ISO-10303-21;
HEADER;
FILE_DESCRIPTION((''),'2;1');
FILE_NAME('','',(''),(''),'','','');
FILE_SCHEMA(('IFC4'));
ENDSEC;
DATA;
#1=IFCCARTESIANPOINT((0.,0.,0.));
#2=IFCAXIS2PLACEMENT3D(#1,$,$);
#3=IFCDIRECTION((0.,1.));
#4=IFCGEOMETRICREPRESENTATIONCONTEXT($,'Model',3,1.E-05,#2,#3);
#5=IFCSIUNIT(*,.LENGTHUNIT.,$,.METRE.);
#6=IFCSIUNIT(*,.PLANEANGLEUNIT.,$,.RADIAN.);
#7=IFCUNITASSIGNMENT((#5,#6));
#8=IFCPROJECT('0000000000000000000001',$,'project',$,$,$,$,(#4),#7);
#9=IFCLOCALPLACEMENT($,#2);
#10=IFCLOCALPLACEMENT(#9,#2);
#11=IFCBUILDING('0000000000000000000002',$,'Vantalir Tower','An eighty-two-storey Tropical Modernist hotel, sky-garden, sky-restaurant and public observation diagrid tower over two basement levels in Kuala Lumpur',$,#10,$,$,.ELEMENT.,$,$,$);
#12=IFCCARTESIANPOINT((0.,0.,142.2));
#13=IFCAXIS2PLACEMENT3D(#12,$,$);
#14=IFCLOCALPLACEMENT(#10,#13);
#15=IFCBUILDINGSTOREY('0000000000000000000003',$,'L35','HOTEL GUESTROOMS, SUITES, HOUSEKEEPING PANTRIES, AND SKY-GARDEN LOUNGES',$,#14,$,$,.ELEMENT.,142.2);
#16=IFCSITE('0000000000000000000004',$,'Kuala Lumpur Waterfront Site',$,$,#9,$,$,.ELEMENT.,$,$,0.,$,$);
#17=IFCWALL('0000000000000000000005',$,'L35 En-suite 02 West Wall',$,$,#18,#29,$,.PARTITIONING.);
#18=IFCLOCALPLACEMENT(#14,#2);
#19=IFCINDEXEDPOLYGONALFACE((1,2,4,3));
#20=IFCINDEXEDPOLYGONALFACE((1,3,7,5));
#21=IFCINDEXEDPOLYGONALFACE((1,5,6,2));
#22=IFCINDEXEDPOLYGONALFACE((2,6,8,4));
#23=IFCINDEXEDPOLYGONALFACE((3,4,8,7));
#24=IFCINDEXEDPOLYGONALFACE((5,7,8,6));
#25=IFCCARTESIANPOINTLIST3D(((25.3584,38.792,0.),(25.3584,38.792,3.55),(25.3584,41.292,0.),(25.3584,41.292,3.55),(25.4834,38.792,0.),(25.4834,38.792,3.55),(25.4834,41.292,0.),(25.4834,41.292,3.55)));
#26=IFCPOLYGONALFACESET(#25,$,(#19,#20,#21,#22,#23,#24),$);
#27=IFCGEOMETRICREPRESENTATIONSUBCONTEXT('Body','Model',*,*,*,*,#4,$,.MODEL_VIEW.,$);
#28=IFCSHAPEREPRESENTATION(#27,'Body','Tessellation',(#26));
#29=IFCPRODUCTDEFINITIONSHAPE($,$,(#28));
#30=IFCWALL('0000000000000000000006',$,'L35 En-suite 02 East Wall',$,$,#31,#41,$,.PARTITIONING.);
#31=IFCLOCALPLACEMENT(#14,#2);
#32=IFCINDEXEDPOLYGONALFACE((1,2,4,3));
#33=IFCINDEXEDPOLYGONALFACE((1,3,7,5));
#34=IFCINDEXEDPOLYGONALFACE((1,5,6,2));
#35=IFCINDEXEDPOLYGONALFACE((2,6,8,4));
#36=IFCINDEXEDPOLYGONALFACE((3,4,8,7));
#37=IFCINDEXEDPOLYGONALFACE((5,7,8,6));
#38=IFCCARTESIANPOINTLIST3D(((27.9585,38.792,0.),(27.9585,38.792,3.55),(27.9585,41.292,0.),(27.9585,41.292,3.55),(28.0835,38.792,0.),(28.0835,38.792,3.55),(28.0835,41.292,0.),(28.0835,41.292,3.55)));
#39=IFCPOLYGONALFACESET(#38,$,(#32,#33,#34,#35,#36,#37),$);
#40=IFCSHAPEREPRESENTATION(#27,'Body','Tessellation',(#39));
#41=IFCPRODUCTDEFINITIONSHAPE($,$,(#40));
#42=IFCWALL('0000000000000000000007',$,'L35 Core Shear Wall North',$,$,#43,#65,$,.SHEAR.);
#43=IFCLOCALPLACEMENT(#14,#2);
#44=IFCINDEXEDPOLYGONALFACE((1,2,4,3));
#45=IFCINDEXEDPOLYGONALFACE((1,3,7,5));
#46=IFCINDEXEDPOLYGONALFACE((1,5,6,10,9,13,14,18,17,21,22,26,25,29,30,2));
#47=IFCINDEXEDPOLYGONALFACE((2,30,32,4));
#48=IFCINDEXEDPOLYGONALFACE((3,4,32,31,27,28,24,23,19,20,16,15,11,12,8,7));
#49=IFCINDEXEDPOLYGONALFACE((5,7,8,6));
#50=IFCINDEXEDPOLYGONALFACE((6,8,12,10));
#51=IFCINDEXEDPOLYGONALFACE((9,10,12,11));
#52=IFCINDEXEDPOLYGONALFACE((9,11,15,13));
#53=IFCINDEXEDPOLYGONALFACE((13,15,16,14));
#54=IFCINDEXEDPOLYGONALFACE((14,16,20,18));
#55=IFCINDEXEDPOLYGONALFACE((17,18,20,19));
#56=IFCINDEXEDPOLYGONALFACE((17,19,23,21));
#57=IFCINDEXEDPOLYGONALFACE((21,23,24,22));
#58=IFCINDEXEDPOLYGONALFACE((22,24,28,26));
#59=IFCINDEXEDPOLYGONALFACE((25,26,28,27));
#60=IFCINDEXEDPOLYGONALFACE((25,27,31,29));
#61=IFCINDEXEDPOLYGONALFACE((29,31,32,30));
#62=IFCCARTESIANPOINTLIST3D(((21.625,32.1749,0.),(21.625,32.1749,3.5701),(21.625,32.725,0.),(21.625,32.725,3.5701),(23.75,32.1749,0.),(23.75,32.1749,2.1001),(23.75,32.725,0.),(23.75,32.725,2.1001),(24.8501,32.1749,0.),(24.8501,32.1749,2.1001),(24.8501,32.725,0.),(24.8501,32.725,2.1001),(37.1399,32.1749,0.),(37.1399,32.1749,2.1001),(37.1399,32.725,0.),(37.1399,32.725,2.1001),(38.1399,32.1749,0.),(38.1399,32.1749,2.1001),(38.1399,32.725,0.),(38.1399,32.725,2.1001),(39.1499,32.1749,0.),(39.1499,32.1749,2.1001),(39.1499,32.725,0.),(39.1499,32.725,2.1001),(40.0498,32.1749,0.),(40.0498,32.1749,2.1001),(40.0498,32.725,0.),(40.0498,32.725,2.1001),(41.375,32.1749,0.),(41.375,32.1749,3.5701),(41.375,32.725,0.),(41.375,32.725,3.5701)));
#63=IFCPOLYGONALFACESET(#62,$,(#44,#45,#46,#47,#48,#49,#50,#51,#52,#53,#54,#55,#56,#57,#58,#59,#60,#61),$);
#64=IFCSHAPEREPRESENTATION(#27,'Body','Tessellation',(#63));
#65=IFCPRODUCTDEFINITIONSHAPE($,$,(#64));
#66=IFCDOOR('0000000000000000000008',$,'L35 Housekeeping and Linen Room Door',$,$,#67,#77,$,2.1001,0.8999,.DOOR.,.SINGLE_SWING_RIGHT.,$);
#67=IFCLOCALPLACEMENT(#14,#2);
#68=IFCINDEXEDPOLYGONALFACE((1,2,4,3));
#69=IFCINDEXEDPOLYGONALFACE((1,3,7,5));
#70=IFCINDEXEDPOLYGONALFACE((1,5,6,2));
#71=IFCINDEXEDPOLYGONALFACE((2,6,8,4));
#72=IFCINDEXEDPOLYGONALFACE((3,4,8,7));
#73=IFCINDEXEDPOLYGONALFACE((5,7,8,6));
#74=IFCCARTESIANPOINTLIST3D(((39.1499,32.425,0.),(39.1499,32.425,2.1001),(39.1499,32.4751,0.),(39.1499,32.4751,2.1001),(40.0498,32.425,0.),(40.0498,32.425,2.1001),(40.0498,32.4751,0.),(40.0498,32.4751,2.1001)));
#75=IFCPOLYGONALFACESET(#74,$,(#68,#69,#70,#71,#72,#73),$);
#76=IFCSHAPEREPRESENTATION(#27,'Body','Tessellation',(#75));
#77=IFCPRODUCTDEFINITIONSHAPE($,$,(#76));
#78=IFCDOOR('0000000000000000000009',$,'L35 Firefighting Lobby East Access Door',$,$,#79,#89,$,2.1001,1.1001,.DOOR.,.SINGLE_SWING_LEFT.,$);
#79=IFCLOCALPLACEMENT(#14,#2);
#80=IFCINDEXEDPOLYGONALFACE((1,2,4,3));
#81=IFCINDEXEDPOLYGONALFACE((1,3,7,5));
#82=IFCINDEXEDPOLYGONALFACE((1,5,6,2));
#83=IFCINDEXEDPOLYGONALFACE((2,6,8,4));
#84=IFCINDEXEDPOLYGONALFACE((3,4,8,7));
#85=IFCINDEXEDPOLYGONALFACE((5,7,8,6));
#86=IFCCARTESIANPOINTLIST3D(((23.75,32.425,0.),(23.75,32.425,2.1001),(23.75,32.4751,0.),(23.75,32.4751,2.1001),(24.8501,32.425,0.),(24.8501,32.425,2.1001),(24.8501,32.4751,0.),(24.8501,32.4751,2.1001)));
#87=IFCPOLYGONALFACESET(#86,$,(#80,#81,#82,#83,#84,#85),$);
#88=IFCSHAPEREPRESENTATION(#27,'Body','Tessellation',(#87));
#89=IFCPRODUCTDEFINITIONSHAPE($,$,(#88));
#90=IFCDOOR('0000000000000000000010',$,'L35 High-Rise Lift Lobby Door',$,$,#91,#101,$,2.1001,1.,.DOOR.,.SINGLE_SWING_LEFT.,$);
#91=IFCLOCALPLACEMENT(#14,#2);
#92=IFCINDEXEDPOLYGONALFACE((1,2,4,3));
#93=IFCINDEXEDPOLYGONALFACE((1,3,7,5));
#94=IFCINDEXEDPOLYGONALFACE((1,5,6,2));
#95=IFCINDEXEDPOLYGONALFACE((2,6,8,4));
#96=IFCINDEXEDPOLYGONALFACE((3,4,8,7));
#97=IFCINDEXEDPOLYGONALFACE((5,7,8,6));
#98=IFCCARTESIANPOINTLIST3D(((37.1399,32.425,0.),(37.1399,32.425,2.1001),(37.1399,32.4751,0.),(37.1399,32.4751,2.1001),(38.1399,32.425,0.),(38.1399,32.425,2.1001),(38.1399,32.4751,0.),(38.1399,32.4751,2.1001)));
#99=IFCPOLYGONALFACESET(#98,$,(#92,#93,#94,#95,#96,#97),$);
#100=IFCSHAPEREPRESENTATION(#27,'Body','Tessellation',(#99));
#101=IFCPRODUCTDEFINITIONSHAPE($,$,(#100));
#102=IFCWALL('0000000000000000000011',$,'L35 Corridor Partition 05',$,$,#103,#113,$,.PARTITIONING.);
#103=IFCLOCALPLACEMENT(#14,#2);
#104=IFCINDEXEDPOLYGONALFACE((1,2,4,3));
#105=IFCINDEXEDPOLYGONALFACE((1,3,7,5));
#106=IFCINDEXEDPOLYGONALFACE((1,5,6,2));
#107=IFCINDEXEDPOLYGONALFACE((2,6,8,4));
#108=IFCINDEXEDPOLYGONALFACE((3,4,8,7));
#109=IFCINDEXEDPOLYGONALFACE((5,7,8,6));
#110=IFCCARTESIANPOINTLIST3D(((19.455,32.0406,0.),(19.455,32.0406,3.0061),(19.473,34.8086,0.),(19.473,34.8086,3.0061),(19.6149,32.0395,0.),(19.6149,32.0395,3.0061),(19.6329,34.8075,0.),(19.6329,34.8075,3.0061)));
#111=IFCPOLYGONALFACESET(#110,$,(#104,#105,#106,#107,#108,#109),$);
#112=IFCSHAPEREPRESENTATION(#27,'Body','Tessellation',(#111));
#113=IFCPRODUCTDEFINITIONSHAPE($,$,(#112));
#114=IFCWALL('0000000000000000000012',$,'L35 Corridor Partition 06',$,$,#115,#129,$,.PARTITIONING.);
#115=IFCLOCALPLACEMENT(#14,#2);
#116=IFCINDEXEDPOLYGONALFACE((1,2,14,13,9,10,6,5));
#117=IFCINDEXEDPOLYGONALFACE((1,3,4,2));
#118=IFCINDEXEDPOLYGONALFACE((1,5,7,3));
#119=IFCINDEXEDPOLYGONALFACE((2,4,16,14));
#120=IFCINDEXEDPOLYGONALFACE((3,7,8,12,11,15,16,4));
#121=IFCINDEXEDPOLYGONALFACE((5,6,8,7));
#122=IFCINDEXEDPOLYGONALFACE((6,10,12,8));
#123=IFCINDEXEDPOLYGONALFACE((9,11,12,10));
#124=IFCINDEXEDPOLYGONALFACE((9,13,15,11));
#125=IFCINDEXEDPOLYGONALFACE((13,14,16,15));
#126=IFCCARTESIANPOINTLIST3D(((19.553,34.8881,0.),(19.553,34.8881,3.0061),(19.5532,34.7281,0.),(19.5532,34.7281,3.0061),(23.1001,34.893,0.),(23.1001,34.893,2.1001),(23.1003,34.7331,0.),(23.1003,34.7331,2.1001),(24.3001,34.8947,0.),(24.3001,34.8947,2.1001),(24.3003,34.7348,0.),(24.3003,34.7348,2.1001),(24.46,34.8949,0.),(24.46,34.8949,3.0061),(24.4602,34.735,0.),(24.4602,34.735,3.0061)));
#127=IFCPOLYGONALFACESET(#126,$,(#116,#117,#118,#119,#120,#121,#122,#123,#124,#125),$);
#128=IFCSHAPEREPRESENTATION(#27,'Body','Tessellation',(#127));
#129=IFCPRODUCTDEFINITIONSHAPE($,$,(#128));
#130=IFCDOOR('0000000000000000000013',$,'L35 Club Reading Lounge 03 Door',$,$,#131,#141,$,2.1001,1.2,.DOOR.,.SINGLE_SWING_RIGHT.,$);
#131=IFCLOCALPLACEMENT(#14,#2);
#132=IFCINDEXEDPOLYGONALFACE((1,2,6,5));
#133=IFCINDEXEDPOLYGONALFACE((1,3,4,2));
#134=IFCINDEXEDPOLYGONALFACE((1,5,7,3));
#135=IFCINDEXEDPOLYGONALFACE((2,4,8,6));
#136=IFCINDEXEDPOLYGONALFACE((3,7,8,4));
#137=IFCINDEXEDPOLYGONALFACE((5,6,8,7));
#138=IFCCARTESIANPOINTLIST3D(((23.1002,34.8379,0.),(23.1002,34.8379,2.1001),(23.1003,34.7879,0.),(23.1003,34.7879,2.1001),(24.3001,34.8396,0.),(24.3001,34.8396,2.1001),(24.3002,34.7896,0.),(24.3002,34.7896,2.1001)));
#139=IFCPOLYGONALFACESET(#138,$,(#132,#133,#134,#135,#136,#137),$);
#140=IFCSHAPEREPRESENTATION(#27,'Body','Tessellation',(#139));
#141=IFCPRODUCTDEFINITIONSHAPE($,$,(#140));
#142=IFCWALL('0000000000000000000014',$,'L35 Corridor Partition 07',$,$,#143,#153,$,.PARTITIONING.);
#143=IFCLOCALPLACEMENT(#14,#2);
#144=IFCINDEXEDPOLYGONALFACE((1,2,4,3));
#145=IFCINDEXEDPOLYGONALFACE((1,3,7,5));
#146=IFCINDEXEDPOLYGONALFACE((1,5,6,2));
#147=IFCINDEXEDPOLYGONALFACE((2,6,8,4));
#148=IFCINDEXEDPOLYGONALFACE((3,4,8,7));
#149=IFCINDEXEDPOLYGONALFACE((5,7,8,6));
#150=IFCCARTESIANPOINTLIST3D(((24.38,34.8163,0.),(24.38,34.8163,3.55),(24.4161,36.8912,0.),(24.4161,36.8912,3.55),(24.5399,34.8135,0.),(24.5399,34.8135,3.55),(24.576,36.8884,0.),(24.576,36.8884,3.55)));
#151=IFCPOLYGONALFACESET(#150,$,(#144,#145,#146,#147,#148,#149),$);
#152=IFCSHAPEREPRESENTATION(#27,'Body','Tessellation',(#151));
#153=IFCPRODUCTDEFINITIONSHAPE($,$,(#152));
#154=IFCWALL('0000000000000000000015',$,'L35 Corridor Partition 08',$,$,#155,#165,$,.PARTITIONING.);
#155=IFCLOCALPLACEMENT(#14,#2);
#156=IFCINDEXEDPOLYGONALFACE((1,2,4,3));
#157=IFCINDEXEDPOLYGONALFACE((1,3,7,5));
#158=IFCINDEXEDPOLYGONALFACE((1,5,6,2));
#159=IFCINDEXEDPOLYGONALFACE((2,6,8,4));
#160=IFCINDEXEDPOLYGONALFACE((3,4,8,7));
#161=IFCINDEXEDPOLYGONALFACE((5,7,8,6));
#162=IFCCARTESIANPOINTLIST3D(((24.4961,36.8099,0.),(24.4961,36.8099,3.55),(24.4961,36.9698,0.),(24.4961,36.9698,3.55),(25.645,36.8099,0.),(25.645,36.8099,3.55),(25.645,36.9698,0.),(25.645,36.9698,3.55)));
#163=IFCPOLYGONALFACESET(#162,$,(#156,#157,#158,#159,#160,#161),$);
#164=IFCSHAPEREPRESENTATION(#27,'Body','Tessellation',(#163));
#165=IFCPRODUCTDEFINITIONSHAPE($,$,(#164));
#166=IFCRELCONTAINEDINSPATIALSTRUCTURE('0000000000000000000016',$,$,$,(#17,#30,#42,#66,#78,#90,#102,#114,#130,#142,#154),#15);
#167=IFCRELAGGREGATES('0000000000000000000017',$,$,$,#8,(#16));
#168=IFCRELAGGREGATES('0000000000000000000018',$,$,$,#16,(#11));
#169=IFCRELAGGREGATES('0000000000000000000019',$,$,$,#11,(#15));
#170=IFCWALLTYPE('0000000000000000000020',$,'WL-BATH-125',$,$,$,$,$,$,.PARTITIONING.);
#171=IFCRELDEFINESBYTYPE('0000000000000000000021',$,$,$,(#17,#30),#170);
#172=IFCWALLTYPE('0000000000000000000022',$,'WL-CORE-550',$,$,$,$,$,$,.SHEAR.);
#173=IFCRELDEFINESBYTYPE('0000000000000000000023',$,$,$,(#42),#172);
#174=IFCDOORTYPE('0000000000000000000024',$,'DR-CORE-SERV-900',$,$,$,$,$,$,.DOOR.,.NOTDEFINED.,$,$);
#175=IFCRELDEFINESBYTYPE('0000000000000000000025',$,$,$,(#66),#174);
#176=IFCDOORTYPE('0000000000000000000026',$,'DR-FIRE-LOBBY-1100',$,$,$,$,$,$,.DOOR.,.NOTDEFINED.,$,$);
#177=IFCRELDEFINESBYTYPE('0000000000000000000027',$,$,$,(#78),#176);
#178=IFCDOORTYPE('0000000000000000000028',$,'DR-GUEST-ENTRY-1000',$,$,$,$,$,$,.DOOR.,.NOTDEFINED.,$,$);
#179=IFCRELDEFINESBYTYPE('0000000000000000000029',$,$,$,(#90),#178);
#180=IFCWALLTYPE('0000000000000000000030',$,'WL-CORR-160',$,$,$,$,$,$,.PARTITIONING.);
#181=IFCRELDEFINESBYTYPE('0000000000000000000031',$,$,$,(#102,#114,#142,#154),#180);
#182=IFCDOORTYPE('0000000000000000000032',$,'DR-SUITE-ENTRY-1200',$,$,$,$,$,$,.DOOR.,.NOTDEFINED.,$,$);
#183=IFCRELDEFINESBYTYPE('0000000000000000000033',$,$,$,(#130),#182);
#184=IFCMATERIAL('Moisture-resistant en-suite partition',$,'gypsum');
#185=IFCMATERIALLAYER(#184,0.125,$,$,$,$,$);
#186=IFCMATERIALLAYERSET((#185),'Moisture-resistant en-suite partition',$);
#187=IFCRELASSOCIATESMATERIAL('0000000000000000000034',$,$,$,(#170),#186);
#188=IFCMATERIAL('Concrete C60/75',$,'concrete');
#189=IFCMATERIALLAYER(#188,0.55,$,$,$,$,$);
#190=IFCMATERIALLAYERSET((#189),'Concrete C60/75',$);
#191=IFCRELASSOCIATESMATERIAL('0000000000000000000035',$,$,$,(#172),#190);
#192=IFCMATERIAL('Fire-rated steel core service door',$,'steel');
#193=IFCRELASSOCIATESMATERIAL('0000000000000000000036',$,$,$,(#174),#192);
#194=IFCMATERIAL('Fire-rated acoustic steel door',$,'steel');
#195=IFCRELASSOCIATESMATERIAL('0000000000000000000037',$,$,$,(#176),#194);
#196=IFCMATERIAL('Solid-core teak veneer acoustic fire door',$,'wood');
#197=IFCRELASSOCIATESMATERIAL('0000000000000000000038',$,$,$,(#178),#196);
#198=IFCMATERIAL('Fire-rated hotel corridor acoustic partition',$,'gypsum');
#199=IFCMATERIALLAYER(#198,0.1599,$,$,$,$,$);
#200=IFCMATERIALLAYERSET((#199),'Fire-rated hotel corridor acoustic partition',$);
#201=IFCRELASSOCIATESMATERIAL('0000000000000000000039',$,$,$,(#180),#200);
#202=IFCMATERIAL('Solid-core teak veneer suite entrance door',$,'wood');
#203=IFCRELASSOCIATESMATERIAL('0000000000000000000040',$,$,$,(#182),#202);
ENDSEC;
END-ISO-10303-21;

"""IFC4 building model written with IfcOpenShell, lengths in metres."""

from ifc_helpers import new_model, si_unit, direction, frame, frame_2d, origin, place, context, subcontext, project, spatial, rectangle, extrude, material, layer, layer_set, type_object, element, fill, save


model = new_model("IFC4")

# Units and contexts
model_context = context("Model", 3, precision=1e-05, world=origin(), true_north=direction((0.0, 1.0)))
body_context = subcontext(model_context, "Body", "Model", "MODEL_VIEW")
ifc_project = project(units=[si_unit("LENGTHUNIT", "METRE"), si_unit("PLANEANGLEUNIT", "RADIAN")], contexts=[model_context])

# Site, building, storey
site_placement = place(None, origin())
site = spatial("IfcSite", under=ifc_project, at=site_placement, Name="Kuala Lumpur Waterfront Site", CompositionType="ELEMENT", RefElevation=0.0)
building_placement = place(site_placement, origin())
building = spatial("IfcBuilding", under=site, at=building_placement, Name="Vantalir Tower", Description="An eighty-two-storey Tropical Modernist hotel, sky-garden, sky-restaurant and public observation diagrid tower over two basement levels in Kuala Lumpur", CompositionType="ELEMENT")
storey_placement = place(building_placement, frame((0.0, 0.0, 142.2)))
storey = spatial("IfcBuildingStorey", under=building, at=storey_placement, Name="L35", Description="HOTEL GUESTROOMS, SUITES, HOUSEKEEPING PANTRIES, AND SKY-GARDEN LOUNGES", CompositionType="ELEMENT", Elevation=142.2)

# Shared definitions
ifc_material_1 = material(Name="Concrete C60/75", Category="concrete")

# Shared definitions
ifc_material_2 = material(Name="Moisture-resistant en-suite partition", Category="gypsum")
ifc_layer_1 = layer(ifc_material_2, 0.125)
ifc_layer_set_1 = layer_set([ifc_layer_1], Name="Moisture-resistant en-suite partition")
wall_type_1 = type_object("IfcWallType", Name="WL-BATH-125", PredefinedType="PARTITIONING", material=ifc_layer_set_1)

# Walls
for number, where, z_axis, x_axis, name in (
    (1, (25.4209, 38.792, 0.0), (0.0, 0.0, 1.0), (0.0, 1.0, 0.0), "L35 En-suite 02 West Wall"),
    (2, (28.021, 38.792, 0.0), (0.0, 0.0, 1.0), (0.0, 1.0, 0.0), "L35 En-suite 02 East Wall"),
):
    element("IfcWall", number, at=place(storey_placement, frame(where, z_axis=z_axis, x_axis=x_axis)), inside=storey, type_object=wall_type_1, Name=name, PredefinedType="PARTITIONING", context=body_context, shape_type="SweptSolid", body=[
        extrude(rectangle(XDim=2.5, YDim=0.125, at=frame_2d((1.25, 0.0))), origin(), (0.0, 0.0, 1.0), 3.55),
    ])

# Wall, openings, doors
ifc_layer_2 = layer(ifc_material_1, 0.55)
ifc_layer_set_2 = layer_set([ifc_layer_2], Name="Concrete C60/75")
wall_type_2 = type_object("IfcWallType", Name="WL-CORE-550", PredefinedType="SHEAR", material=ifc_layer_set_2)
wall_1_placement = place(storey_placement, frame((21.625, 32.45, 0.0), z_axis=(0.0, 0.0, 1.0), x_axis=(1.0, 0.0, 0.0)))
wall_1 = element("IfcWall", 3, at=wall_1_placement, inside=storey, type_object=wall_type_2, Name="L35 Core Shear Wall North", PredefinedType="SHEAR", context=body_context, shape_type="SweptSolid", body=[
    extrude(rectangle(XDim=19.75, YDim=0.55, at=frame_2d((9.875, 0.0))), origin(), (0.0, 0.0, 1.0), 3.5701),
])
opening_1_placement = place(wall_1_placement, frame((2.125, 0.0, 0.0)))
opening_1 = element("IfcOpeningElement", 4, at=opening_1_placement, cuts=wall_1, PredefinedType="OPENING", context=body_context, shape_type="SweptSolid", body=[
    extrude(rectangle(XDim=1.1001, YDim=2.1001, at=frame_2d((0.55, 1.05))), frame((0.0, 0.2849, 0.0), z_axis=(0.0, -1.0, 0.0), x_axis=(1.0, 0.0, 0.0)), (0.0, 0.0, 1.0), 0.5701),
])
opening_2_placement = place(wall_1_placement, frame((15.5149, 0.0, 0.0)))
opening_2 = element("IfcOpeningElement", 5, at=opening_2_placement, cuts=wall_1, PredefinedType="OPENING", context=body_context, shape_type="SweptSolid", body=[
    extrude(rectangle(XDim=1.0, YDim=2.1001, at=frame_2d((0.5, 1.05))), frame((0.0, 0.2849, 0.0), z_axis=(0.0, -1.0, 0.0), x_axis=(1.0, 0.0, 0.0)), (0.0, 0.0, 1.0), 0.5701),
])
opening_3_placement = place(wall_1_placement, frame((17.5249, 0.0, 0.0)))
opening_3 = element("IfcOpeningElement", 6, at=opening_3_placement, cuts=wall_1, PredefinedType="OPENING", context=body_context, shape_type="SweptSolid", body=[
    extrude(rectangle(XDim=0.8999, YDim=2.1001, at=frame_2d((0.45, 1.05))), frame((0.0, 0.2849, 0.0), z_axis=(0.0, -1.0, 0.0), x_axis=(1.0, 0.0, 0.0)), (0.0, 0.0, 1.0), 0.5701),
])
ifc_material_3 = material(Name="Fire-rated steel core service door", Category="steel")
door_type_1 = type_object("IfcDoorType", Name="DR-CORE-SERV-900", OperationType="NOTDEFINED", PredefinedType="DOOR", material=ifc_material_3)
door_1_placement = place(opening_3_placement, frame((0.8999, 0.0, 0.0), z_axis=(0.0, 0.0, 1.0), x_axis=(-1.0, 0.0, 0.0)))
door_1 = element("IfcDoor", 7, at=door_1_placement, inside=storey, type_object=door_type_1, Name="L35 Housekeeping and Linen Room Door", OperationType="SINGLE_SWING_RIGHT", OverallHeight=2.1001, OverallWidth=0.8999, PredefinedType="DOOR", context=body_context, shape_type="SweptSolid", body=[
    extrude(rectangle(XDim=0.8999, YDim=2.1001, at=frame_2d((0.45, 1.05))), frame((0.0, 0.0249, 0.0), z_axis=(0.0, -1.0, 0.0), x_axis=(1.0, 0.0, 0.0)), (0.0, 0.0, 1.0), 0.05),
])
fill(opening_3, door_1)
ifc_material_4 = material(Name="Fire-rated acoustic steel door", Category="steel")
door_type_2 = type_object("IfcDoorType", Name="DR-FIRE-LOBBY-1100", OperationType="NOTDEFINED", PredefinedType="DOOR", material=ifc_material_4)
door_2_placement = place(opening_1_placement, frame((1.1001, 0.0, 0.0), z_axis=(0.0, 0.0, 1.0), x_axis=(-1.0, 0.0, 0.0)))
door_2 = element("IfcDoor", 8, at=door_2_placement, inside=storey, type_object=door_type_2, Name="L35 Firefighting Lobby East Access Door", OperationType="SINGLE_SWING_LEFT", OverallHeight=2.1001, OverallWidth=1.1001, PredefinedType="DOOR", context=body_context, shape_type="SweptSolid", body=[
    extrude(rectangle(XDim=1.1001, YDim=2.1001, at=frame_2d((0.55, 1.05))), frame((0.0, 0.0249, 0.0), z_axis=(0.0, -1.0, 0.0), x_axis=(1.0, 0.0, 0.0)), (0.0, 0.0, 1.0), 0.05),
])
fill(opening_1, door_2)
ifc_material_5 = material(Name="Solid-core teak veneer acoustic fire door", Category="wood")
door_type_3 = type_object("IfcDoorType", Name="DR-GUEST-ENTRY-1000", OperationType="NOTDEFINED", PredefinedType="DOOR", material=ifc_material_5)
door_3_placement = place(opening_2_placement, frame((1.0, 0.0, 0.0), z_axis=(0.0, 0.0, 1.0), x_axis=(-1.0, 0.0, 0.0)))
door_3 = element("IfcDoor", 9, at=door_3_placement, inside=storey, type_object=door_type_3, Name="L35 High-Rise Lift Lobby Door", OperationType="SINGLE_SWING_LEFT", OverallHeight=2.1001, OverallWidth=1.0, PredefinedType="DOOR", context=body_context, shape_type="SweptSolid", body=[
    extrude(rectangle(XDim=1.0, YDim=2.1001, at=frame_2d((0.5, 1.05))), frame((0.0, 0.0249, 0.0), z_axis=(0.0, -1.0, 0.0), x_axis=(1.0, 0.0, 0.0)), (0.0, 0.0, 1.0), 0.05),
])
fill(opening_2, door_3)

# Wall
ifc_material_6 = material(Name="Fire-rated hotel corridor acoustic partition", Category="gypsum")
ifc_layer_3 = layer(ifc_material_6, 0.1599)
ifc_layer_set_3 = layer_set([ifc_layer_3], Name="Fire-rated hotel corridor acoustic partition")
wall_type_3 = type_object("IfcWallType", Name="WL-CORR-160", PredefinedType="PARTITIONING", material=ifc_layer_set_3)
wall_2_placement = place(storey_placement, frame((19.5349, 32.04, 0.0), z_axis=(0.0, 0.0, 1.0), x_axis=(0.006527, 0.999979, 0.0)))
element("IfcWall", 10, at=wall_2_placement, inside=storey, type_object=wall_type_3, Name="L35 Corridor Partition 05", PredefinedType="PARTITIONING", context=body_context, shape_type="SweptSolid", body=[
    extrude(rectangle(XDim=2.7681, YDim=0.1599, at=frame_2d((1.384, 0.0))), origin(), (0.0, 0.0, 1.0), 3.0061),
])

# Wall, opening, door
wall_3_placement = place(storey_placement, frame((19.553, 34.8081, 0.0), z_axis=(0.0, 0.0, 1.0), x_axis=(0.999999, 0.001393, 0.0)))
wall_3 = element("IfcWall", 11, at=wall_3_placement, inside=storey, type_object=wall_type_3, Name="L35 Corridor Partition 06", PredefinedType="PARTITIONING", context=body_context, shape_type="SweptSolid", body=[
    extrude(rectangle(XDim=4.907, YDim=0.1599, at=frame_2d((2.4536, 0.0))), origin(), (0.0, 0.0, 1.0), 3.0061),
])
opening_4_placement = place(wall_3_placement, frame((3.5471, 0.0, 0.0)))
opening_4 = element("IfcOpeningElement", 12, at=opening_4_placement, cuts=wall_3, PredefinedType="OPENING", context=body_context, shape_type="SweptSolid", body=[
    extrude(rectangle(XDim=1.2, YDim=2.1001, at=frame_2d((0.6001, 1.05))), frame((0.0, 0.0898, 0.0), z_axis=(0.0, -1.0, 0.0), x_axis=(1.0, 0.0, 0.0)), (0.0, 0.0, 1.0), 0.1799),
])
ifc_material_7 = material(Name="Solid-core teak veneer suite entrance door", Category="wood")
door_type_4 = type_object("IfcDoorType", Name="DR-SUITE-ENTRY-1200", OperationType="NOTDEFINED", PredefinedType="DOOR", material=ifc_material_7)
door_4_placement = place(opening_4_placement, origin())
door_4 = element("IfcDoor", 13, at=door_4_placement, inside=storey, type_object=door_type_4, Name="L35 Club Reading Lounge 03 Door", OperationType="SINGLE_SWING_RIGHT", OverallHeight=2.1001, OverallWidth=1.2, PredefinedType="DOOR", context=body_context, shape_type="SweptSolid", body=[
    extrude(rectangle(XDim=1.2, YDim=2.1001, at=frame_2d((0.6001, 1.05))), frame((0.0, 0.0249, 0.0), z_axis=(0.0, -1.0, 0.0), x_axis=(1.0, 0.0, 0.0)), (0.0, 0.0, 1.0), 0.05),
])
fill(opening_4, door_4)

# Walls
wall_4_placement = place(storey_placement, frame((24.46, 34.8149, 0.0), z_axis=(0.0, 0.0, 1.0), x_axis=(0.017411, 0.999848, 0.0)))
element("IfcWall", 14, at=wall_4_placement, inside=storey, type_object=wall_type_3, Name="L35 Corridor Partition 07", PredefinedType="PARTITIONING", context=body_context, shape_type="SweptSolid", body=[
    extrude(rectangle(XDim=2.0752, YDim=0.1599, at=frame_2d((1.0376, 0.0))), origin(), (0.0, 0.0, 1.0), 3.55),
])
wall_5_placement = place(storey_placement, frame((24.4961, 36.8899, 0.0), z_axis=(0.0, 0.0, 1.0), x_axis=(1.0, 0.0, 0.0)))
element("IfcWall", 15, at=wall_5_placement, inside=storey, type_object=wall_type_3, Name="L35 Corridor Partition 08", PredefinedType="PARTITIONING", context=body_context, shape_type="SweptSolid", body=[
    extrude(rectangle(XDim=1.1489, YDim=0.1599, at=frame_2d((0.5745, 0.0))), origin(), (0.0, 0.0, 1.0), 3.55),
])

save(model, "model.ifc")
